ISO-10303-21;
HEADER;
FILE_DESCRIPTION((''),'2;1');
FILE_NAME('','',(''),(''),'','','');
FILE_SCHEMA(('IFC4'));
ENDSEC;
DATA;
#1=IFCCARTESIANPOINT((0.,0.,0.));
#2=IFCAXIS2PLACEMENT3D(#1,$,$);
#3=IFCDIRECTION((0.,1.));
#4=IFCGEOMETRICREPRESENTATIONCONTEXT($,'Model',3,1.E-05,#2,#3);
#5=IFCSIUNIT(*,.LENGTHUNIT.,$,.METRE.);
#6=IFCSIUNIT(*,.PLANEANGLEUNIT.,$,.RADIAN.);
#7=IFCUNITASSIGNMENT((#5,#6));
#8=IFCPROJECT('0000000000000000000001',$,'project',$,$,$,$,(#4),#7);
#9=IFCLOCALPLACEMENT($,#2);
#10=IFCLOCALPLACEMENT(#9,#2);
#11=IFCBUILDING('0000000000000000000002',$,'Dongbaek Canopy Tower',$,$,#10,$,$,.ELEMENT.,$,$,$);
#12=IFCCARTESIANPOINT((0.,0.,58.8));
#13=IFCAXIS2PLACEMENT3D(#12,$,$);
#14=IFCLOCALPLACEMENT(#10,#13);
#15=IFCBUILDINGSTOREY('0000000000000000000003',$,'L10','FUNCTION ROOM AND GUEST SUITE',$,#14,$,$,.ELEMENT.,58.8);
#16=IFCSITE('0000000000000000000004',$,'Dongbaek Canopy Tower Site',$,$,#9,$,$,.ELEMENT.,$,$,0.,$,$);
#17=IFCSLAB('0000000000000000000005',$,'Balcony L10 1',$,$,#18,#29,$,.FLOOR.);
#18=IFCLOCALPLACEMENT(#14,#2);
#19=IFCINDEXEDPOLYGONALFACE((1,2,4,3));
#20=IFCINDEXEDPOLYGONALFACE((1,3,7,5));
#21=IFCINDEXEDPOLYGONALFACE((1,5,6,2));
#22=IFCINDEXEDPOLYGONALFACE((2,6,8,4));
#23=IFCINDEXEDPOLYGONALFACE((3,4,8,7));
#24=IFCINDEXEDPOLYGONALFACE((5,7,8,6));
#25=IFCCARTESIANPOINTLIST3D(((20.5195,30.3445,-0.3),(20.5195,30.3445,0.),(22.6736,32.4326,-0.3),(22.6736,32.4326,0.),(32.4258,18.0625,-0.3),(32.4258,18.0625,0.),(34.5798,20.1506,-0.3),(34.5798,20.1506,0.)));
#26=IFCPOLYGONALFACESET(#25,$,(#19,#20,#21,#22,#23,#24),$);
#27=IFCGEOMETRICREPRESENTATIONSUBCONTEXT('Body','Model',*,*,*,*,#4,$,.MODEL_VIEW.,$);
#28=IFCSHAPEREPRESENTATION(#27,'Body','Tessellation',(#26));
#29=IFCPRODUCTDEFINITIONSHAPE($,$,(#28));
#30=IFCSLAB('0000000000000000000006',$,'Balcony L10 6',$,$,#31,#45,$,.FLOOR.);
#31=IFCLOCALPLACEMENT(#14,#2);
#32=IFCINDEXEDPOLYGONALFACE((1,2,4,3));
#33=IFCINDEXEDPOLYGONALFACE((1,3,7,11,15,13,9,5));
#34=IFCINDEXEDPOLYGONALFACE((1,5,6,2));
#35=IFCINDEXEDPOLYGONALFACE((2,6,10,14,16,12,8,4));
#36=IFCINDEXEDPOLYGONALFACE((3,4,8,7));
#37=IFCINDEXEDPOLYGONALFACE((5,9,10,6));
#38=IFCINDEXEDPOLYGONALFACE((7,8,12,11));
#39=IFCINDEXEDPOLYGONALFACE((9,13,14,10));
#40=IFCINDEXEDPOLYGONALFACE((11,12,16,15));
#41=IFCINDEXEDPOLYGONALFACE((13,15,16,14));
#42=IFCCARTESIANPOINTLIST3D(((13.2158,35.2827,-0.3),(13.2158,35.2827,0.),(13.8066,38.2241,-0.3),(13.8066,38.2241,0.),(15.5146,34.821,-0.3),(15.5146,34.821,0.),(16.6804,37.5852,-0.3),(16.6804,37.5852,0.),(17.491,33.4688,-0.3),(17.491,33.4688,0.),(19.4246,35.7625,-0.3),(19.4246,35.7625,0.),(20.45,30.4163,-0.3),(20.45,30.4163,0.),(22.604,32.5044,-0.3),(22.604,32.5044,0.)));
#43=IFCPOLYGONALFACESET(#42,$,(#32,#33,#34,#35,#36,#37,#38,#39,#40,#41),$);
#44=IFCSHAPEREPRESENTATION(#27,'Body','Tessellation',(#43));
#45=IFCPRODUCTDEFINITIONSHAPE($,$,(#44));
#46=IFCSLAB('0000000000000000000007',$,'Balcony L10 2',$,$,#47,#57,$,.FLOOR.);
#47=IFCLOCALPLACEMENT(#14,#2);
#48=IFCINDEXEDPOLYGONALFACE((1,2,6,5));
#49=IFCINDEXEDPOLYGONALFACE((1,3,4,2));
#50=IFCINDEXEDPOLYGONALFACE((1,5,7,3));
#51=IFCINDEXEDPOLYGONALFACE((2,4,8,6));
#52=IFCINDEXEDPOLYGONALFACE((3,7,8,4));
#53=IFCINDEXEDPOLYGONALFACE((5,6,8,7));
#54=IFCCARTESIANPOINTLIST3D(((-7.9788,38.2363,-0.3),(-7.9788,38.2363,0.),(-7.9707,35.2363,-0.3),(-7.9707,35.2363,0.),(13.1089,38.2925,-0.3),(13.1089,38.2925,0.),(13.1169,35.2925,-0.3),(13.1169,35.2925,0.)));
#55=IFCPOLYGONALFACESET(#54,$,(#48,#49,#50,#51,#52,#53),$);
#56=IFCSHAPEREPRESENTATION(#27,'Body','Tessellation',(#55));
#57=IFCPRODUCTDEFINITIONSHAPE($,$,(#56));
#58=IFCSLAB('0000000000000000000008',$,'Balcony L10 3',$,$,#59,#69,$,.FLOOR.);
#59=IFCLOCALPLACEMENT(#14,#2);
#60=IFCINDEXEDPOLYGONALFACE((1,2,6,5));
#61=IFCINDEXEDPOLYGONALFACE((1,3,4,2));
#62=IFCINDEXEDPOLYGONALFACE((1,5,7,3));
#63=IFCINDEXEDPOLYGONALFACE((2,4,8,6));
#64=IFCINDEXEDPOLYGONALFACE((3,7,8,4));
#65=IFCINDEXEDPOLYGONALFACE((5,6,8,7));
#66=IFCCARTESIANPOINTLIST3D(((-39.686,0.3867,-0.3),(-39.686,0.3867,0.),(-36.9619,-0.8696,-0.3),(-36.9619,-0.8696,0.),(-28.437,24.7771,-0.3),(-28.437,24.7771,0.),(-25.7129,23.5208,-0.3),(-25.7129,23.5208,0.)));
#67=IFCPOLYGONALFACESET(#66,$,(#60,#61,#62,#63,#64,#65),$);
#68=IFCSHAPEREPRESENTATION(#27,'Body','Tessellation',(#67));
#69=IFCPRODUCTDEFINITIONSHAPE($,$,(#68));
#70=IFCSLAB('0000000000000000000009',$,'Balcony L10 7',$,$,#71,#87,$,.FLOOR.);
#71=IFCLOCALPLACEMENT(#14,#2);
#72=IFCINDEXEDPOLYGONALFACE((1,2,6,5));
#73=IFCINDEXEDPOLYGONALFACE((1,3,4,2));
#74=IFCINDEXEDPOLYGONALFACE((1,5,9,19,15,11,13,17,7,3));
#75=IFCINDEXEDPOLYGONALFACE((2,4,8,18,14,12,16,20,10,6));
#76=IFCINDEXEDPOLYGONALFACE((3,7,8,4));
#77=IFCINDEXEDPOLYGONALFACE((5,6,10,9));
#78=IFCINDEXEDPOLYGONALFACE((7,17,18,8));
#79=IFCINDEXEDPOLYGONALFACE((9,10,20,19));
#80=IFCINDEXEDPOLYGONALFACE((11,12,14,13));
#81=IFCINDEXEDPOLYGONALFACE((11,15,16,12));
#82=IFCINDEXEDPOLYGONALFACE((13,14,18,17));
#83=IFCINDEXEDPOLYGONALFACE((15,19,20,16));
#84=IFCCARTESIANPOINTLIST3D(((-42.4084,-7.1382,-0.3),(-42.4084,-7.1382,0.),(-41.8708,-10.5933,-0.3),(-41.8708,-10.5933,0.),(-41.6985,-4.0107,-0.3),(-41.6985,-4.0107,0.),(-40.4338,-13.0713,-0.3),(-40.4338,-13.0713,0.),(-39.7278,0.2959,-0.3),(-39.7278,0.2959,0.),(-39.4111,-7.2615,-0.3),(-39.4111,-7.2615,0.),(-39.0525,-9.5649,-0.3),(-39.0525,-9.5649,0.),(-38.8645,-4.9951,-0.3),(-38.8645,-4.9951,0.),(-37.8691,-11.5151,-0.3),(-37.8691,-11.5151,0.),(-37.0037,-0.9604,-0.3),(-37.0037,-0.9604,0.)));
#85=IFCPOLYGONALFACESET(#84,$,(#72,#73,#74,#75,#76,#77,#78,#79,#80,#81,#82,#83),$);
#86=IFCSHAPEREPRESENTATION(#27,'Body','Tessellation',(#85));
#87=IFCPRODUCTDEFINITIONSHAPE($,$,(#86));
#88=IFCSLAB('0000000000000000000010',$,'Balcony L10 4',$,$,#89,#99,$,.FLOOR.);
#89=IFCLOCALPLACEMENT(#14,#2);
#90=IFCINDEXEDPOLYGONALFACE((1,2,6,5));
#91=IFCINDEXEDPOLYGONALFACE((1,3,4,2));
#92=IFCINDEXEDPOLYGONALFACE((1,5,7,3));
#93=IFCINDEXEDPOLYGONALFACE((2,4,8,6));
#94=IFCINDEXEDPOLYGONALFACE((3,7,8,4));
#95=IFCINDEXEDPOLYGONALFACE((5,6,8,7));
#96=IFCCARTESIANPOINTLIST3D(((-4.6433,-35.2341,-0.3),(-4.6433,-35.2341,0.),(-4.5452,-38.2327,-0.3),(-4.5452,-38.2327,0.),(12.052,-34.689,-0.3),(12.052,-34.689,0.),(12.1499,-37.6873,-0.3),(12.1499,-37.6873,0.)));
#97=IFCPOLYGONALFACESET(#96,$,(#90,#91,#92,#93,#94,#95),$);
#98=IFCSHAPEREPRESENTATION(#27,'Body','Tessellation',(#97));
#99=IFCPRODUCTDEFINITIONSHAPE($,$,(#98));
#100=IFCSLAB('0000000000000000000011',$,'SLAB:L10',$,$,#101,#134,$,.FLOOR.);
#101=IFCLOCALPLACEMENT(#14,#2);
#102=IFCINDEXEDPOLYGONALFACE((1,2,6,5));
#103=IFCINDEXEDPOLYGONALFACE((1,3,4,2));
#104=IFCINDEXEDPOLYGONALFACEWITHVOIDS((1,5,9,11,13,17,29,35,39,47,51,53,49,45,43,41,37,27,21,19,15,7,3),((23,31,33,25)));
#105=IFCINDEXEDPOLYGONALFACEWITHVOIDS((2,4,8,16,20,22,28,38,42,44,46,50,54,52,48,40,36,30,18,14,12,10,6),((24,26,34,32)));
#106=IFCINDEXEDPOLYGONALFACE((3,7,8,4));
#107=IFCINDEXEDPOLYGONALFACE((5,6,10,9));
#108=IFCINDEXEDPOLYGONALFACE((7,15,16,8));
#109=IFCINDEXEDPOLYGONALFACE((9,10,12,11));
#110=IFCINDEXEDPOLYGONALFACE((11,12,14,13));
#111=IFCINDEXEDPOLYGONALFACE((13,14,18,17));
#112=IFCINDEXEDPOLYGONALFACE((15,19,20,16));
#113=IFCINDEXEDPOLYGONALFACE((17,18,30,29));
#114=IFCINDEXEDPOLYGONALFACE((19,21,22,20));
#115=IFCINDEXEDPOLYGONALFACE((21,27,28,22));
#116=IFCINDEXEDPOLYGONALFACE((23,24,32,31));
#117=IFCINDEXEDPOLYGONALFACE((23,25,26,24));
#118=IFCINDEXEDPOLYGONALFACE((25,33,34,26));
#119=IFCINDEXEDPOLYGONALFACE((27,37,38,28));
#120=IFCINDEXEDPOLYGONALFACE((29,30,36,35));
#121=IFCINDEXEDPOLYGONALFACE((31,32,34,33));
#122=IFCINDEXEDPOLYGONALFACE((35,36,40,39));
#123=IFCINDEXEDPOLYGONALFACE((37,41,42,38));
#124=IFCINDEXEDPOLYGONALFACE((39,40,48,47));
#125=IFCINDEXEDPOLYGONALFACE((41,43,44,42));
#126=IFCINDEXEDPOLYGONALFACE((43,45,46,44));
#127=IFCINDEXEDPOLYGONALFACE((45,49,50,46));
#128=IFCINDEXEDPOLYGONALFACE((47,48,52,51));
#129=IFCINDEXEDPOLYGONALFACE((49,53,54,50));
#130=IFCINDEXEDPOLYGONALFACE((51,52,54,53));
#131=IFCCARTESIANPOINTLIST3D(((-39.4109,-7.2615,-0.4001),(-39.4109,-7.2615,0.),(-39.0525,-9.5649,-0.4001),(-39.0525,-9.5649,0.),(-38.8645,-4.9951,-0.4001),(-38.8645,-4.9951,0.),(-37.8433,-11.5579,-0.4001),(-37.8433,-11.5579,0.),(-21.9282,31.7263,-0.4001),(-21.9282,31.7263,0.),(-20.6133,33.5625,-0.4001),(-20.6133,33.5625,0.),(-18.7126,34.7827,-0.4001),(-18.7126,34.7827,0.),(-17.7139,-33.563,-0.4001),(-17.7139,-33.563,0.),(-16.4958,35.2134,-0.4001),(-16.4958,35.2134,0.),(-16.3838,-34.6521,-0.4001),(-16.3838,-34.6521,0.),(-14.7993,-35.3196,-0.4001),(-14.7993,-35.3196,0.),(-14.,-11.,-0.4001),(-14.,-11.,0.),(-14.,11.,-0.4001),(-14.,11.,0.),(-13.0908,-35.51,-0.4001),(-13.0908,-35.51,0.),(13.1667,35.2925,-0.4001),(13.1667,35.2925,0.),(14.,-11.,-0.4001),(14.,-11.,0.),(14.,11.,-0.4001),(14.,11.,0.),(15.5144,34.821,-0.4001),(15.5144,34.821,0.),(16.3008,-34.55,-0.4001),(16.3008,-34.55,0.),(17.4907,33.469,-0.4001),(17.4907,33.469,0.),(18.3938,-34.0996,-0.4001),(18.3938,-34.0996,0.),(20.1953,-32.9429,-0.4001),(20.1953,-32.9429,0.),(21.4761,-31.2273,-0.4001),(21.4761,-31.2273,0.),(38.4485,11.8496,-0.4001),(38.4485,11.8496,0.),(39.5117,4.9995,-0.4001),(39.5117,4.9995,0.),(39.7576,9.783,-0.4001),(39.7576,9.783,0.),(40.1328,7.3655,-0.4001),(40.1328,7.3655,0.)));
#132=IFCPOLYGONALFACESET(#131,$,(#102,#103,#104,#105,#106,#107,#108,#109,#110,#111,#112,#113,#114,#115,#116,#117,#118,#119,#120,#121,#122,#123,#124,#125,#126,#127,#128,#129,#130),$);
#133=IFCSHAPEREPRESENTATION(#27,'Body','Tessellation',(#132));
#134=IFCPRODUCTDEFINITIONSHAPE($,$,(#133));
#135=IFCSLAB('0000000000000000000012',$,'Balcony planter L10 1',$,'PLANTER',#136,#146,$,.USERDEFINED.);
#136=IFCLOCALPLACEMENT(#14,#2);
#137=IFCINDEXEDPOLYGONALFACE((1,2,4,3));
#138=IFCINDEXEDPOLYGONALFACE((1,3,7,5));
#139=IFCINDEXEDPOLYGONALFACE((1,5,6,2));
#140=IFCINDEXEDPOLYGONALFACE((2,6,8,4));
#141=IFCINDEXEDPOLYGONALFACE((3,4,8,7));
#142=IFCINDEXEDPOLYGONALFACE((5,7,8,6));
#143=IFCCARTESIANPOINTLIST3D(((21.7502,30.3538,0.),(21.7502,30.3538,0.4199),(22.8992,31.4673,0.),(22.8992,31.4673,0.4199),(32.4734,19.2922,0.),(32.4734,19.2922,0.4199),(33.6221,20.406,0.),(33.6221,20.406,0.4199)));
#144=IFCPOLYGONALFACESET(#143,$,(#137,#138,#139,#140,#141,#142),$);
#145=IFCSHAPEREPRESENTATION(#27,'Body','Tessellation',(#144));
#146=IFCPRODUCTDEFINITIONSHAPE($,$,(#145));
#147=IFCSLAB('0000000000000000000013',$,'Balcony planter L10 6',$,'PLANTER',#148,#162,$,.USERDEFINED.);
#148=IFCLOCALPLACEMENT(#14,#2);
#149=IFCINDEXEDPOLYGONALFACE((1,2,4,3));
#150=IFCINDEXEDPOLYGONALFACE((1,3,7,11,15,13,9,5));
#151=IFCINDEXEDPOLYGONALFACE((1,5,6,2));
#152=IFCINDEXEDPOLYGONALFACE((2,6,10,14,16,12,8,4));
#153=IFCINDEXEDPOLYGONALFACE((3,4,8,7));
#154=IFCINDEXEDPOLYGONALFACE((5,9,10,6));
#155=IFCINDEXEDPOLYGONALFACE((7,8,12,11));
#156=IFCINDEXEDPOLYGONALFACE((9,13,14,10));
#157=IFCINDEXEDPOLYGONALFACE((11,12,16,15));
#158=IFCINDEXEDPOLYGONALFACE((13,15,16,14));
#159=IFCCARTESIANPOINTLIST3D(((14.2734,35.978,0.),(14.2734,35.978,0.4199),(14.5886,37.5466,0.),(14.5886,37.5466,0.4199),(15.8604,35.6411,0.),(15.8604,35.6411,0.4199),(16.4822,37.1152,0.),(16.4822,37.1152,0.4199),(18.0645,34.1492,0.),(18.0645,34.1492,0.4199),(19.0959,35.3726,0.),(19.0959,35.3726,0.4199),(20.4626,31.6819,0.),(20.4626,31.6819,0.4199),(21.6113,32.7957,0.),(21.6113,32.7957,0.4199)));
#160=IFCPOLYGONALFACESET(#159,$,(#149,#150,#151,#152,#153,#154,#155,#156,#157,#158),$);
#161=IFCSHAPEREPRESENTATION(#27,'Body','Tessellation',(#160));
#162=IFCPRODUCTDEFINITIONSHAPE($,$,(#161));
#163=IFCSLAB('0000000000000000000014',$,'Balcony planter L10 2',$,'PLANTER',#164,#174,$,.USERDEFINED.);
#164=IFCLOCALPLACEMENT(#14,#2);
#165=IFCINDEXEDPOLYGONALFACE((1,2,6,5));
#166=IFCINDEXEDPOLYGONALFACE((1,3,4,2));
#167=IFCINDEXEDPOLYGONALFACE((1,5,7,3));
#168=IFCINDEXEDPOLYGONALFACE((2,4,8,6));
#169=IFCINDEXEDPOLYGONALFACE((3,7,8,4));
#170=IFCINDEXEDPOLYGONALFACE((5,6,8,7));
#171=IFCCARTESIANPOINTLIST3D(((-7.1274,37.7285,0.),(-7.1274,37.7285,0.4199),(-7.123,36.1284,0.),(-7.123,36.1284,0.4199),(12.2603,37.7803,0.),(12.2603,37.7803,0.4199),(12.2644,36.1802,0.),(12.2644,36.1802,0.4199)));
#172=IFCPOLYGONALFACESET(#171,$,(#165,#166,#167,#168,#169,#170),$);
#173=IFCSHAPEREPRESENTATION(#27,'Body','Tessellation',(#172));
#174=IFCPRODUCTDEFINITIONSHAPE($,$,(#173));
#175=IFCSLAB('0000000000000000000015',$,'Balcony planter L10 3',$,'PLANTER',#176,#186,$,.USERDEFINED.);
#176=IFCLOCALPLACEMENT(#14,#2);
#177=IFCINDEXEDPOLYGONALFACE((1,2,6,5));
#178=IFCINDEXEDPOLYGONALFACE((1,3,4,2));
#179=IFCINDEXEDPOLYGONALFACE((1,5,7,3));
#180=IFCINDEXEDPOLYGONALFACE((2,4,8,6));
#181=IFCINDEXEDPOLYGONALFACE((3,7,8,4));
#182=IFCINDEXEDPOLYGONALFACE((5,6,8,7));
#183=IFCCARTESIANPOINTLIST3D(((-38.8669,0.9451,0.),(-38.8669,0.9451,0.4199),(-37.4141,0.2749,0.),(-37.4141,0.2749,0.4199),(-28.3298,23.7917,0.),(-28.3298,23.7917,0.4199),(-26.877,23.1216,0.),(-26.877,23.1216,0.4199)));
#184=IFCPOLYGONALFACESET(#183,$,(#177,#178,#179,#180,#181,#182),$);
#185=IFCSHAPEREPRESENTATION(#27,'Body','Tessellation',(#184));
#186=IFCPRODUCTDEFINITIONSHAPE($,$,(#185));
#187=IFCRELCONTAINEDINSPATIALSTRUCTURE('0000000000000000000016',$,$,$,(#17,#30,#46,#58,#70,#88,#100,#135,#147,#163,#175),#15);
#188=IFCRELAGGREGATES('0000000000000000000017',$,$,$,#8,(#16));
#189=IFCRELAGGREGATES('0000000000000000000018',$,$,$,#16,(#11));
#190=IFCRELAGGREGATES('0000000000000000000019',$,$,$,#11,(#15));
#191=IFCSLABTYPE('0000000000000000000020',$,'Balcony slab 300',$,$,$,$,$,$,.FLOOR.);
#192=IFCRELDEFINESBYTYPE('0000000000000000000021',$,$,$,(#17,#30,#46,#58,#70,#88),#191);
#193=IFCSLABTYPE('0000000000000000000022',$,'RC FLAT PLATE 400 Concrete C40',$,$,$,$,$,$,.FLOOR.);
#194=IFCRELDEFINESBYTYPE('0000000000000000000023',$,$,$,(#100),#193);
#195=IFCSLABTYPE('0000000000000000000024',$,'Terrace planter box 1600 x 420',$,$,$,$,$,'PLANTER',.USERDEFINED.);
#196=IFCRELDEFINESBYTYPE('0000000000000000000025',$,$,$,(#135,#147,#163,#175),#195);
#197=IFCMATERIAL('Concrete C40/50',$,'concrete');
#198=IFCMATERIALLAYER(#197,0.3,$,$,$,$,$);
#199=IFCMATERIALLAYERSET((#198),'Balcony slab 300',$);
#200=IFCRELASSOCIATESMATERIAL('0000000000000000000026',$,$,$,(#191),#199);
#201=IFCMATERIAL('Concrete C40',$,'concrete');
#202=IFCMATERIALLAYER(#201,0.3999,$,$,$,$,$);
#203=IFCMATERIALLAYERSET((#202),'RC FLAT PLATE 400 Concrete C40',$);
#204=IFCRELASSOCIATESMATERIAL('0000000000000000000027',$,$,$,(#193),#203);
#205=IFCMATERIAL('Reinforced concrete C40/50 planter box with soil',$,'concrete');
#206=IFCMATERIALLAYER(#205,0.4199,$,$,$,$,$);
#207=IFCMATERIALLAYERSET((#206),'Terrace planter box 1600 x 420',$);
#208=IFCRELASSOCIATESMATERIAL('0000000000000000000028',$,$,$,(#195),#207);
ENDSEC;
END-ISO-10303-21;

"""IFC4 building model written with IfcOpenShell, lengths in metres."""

from ifc_helpers import new_model, si_unit, direction, frame, origin, place, context, subcontext, project, spatial, polyline, outline, extrude, material, layer, layer_set, type_object, element, save


model = new_model("IFC4")

# Units and contexts
model_context = context("Model", 3, precision=1e-05, world=origin(), true_north=direction((0.0, 1.0)))
body_context = subcontext(model_context, "Body", "Model", "MODEL_VIEW")
ifc_project = project(units=[si_unit("LENGTHUNIT", "METRE"), si_unit("PLANEANGLEUNIT", "RADIAN")], contexts=[model_context])

# Site, building, storey
site_placement = place(None, origin())
site = spatial("IfcSite", under=ifc_project, at=site_placement, Name="Dongbaek Canopy Tower Site", CompositionType="ELEMENT", RefElevation=0.0)
building_placement = place(site_placement, origin())
building = spatial("IfcBuilding", under=site, at=building_placement, Name="Dongbaek Canopy Tower", CompositionType="ELEMENT")
storey_placement = place(building_placement, frame((0.0, 0.0, 58.8)))
storey = spatial("IfcBuildingStorey", under=building, at=storey_placement, Name="L10", Description="FUNCTION ROOM AND GUEST SUITE", CompositionType="ELEMENT", Elevation=58.8)

# Slabs
ifc_material_1 = material(Name="Concrete C40/50", Category="concrete")
ifc_layer_1 = layer(ifc_material_1, 0.3)
ifc_layer_set_1 = layer_set([ifc_layer_1], Name="Balcony slab 300")
slab_type_1 = type_object("IfcSlabType", Name="Balcony slab 300", PredefinedType="FLOOR", material=ifc_layer_set_1)
slab_1_placement = place(storey_placement, frame((0.0, 0.0, -0.3)))
element("IfcSlab", 1, at=slab_1_placement, inside=storey, type_object=slab_type_1, Name="Balcony L10 1", PredefinedType="FLOOR", context=body_context, shape_type="SweptSolid", body=[
    extrude(outline(polyline([(32.4258, 18.0625), (20.5195, 30.3445), (22.6736, 32.4326), (34.5798, 20.1506), (32.4258, 18.0625)])), origin(), (0.0, 0.0, 1.0), 0.3),
])
slab_2_placement = place(storey_placement, frame((0.0, 0.0, -0.3)))
element("IfcSlab", 2, at=slab_2_placement, inside=storey, type_object=slab_type_1, Name="Balcony L10 6", PredefinedType="FLOOR", context=body_context, shape_type="SweptSolid", body=[
    extrude(outline(polyline([(20.45, 30.4163), (17.491, 33.4688), (15.5146, 34.821), (13.2158, 35.2827), (13.8066, 38.2241), (16.6804, 37.5852), (19.4246, 35.7625), (22.604, 32.5044), (20.45, 30.4163)])), origin(), (0.0, 0.0, 1.0), 0.3),
])
slab_3_placement = place(storey_placement, frame((0.0, 0.0, -0.3)))
element("IfcSlab", 3, at=slab_3_placement, inside=storey, type_object=slab_type_1, Name="Balcony L10 2", PredefinedType="FLOOR", context=body_context, shape_type="SweptSolid", body=[
    extrude(outline(polyline([(13.1169, 35.2925), (-7.9707, 35.2363), (-7.9788, 38.2363), (13.1089, 38.2925), (13.1169, 35.2925)])), origin(), (0.0, 0.0, 1.0), 0.3),
])
slab_4_placement = place(storey_placement, frame((0.0, 0.0, -0.3)))
element("IfcSlab", 4, at=slab_4_placement, inside=storey, type_object=slab_type_1, Name="Balcony L10 3", PredefinedType="FLOOR", context=body_context, shape_type="SweptSolid", body=[
    extrude(outline(polyline([(-25.7129, 23.5208), (-36.9619, -0.8696), (-39.686, 0.3867), (-28.437, 24.7771), (-25.7129, 23.5208)])), origin(), (0.0, 0.0, 1.0), 0.3),
])
slab_5_placement = place(storey_placement, frame((0.0, 0.0, -0.3)))
element("IfcSlab", 5, at=slab_5_placement, inside=storey, type_object=slab_type_1, Name="Balcony L10 7", PredefinedType="FLOOR", context=body_context, shape_type="SweptSolid", body=[
    extrude(outline(polyline([(-37.0037, -0.9604), (-38.8645, -4.9951), (-39.4111, -7.2615), (-39.0525, -9.5649), (-37.8691, -11.5151), (-40.4338, -13.0713), (-41.8708, -10.5933), (-42.4084, -7.1382), (-41.6985, -4.0107), (-39.7278, 0.2959), (-37.0037, -0.9604)])), origin(), (0.0, 0.0, 1.0), 0.3),
])
slab_6_placement = place(storey_placement, frame((0.0, 0.0, -0.3)))
element("IfcSlab", 6, at=slab_6_placement, inside=storey, type_object=slab_type_1, Name="Balcony L10 4", PredefinedType="FLOOR", context=body_context, shape_type="SweptSolid", body=[
    extrude(outline(polyline([(-4.6433, -35.2341), (12.052, -34.689), (12.1499, -37.6873), (-4.5452, -38.2327), (-4.6433, -35.2341)])), origin(), (0.0, 0.0, 1.0), 0.3),
])
ifc_material_2 = material(Name="Concrete C40", Category="concrete")
ifc_layer_2 = layer(ifc_material_2, 0.3999)
ifc_layer_set_2 = layer_set([ifc_layer_2], Name="RC FLAT PLATE 400 Concrete C40")
slab_type_2 = type_object("IfcSlabType", Name="RC FLAT PLATE 400 Concrete C40", PredefinedType="FLOOR", material=ifc_layer_set_2)
slab_7_placement = place(storey_placement, frame((0.0, 0.0, -0.4001)))
element("IfcSlab", 7, at=slab_7_placement, inside=storey, type_object=slab_type_2, Name="SLAB:L10", PredefinedType="FLOOR", context=body_context, shape_type="SweptSolid", body=[
    extrude(outline(polyline([(21.4761, -31.2273), (20.1953, -32.9429), (18.3938, -34.0996), (16.3008, -34.55), (-13.0908, -35.51), (-14.7993, -35.3196), (-16.3838, -34.6521), (-17.7139, -33.563), (-37.8433, -11.5579), (-39.0525, -9.5649), (-39.4109, -7.2615), (-38.8645, -4.9951), (-21.9282, 31.7263), (-20.6133, 33.5625), (-18.7126, 34.7827), (-16.4958, 35.2134), (13.1667, 35.2925), (15.5144, 34.821), (17.4907, 33.469), (38.4485, 11.8496), (39.7576, 9.783), (40.1328, 7.3655), (39.5117, 4.9995), (21.4761, -31.2273)]), holes=[polyline([(14.0, 11.0), (-14.0, 11.0), (-14.0, -11.0), (14.0, -11.0), (14.0, 11.0)])]), origin(), (0.0, 0.0, 1.0), 0.4001),
])
ifc_material_3 = material(Name="Reinforced concrete C40/50 planter box with soil", Category="concrete")
ifc_layer_3 = layer(ifc_material_3, 0.4199)
ifc_layer_set_3 = layer_set([ifc_layer_3], Name="Terrace planter box 1600 x 420")
slab_type_3 = type_object("IfcSlabType", Name="Terrace planter box 1600 x 420", ElementType="PLANTER", PredefinedType="USERDEFINED", material=ifc_layer_set_3)
slab_8_placement = place(storey_placement, origin())
element("IfcSlab", 8, at=slab_8_placement, inside=storey, type_object=slab_type_3, Name="Balcony planter L10 1", ObjectType="PLANTER", PredefinedType="USERDEFINED", context=body_context, shape_type="SweptSolid", body=[
    extrude(outline(polyline([(32.4734, 19.2922), (21.7502, 30.3538), (22.8992, 31.4673), (33.6221, 20.406), (32.4734, 19.2922)])), origin(), (0.0, 0.0, 1.0), 0.4199),
])
slab_9_placement = place(storey_placement, origin())
element("IfcSlab", 9, at=slab_9_placement, inside=storey, type_object=slab_type_3, Name="Balcony planter L10 6", ObjectType="PLANTER", PredefinedType="USERDEFINED", context=body_context, shape_type="SweptSolid", body=[
    extrude(outline(polyline([(20.4626, 31.6819), (18.0645, 34.1492), (15.8604, 35.6411), (14.2734, 35.978), (14.5886, 37.5466), (16.4822, 37.1152), (19.0959, 35.3726), (21.6113, 32.7957), (20.4626, 31.6819)])), origin(), (0.0, 0.0, 1.0), 0.4199),
])
slab_10_placement = place(storey_placement, origin())
element("IfcSlab", 10, at=slab_10_placement, inside=storey, type_object=slab_type_3, Name="Balcony planter L10 2", ObjectType="PLANTER", PredefinedType="USERDEFINED", context=body_context, shape_type="SweptSolid", body=[
    extrude(outline(polyline([(12.2644, 36.1802), (-7.123, 36.1284), (-7.1274, 37.7285), (12.2603, 37.7803), (12.2644, 36.1802)])), origin(), (0.0, 0.0, 1.0), 0.4199),
])
slab_11_placement = place(storey_placement, origin())
element("IfcSlab", 11, at=slab_11_placement, inside=storey, type_object=slab_type_3, Name="Balcony planter L10 3", ObjectType="PLANTER", PredefinedType="USERDEFINED", context=body_context, shape_type="SweptSolid", body=[
    extrude(outline(polyline([(-26.877, 23.1216), (-37.4141, 0.2749), (-38.8669, 0.9451), (-28.3298, 23.7917), (-26.877, 23.1216)])), origin(), (0.0, 0.0, 1.0), 0.4199),
])

save(model, "model.ifc")
